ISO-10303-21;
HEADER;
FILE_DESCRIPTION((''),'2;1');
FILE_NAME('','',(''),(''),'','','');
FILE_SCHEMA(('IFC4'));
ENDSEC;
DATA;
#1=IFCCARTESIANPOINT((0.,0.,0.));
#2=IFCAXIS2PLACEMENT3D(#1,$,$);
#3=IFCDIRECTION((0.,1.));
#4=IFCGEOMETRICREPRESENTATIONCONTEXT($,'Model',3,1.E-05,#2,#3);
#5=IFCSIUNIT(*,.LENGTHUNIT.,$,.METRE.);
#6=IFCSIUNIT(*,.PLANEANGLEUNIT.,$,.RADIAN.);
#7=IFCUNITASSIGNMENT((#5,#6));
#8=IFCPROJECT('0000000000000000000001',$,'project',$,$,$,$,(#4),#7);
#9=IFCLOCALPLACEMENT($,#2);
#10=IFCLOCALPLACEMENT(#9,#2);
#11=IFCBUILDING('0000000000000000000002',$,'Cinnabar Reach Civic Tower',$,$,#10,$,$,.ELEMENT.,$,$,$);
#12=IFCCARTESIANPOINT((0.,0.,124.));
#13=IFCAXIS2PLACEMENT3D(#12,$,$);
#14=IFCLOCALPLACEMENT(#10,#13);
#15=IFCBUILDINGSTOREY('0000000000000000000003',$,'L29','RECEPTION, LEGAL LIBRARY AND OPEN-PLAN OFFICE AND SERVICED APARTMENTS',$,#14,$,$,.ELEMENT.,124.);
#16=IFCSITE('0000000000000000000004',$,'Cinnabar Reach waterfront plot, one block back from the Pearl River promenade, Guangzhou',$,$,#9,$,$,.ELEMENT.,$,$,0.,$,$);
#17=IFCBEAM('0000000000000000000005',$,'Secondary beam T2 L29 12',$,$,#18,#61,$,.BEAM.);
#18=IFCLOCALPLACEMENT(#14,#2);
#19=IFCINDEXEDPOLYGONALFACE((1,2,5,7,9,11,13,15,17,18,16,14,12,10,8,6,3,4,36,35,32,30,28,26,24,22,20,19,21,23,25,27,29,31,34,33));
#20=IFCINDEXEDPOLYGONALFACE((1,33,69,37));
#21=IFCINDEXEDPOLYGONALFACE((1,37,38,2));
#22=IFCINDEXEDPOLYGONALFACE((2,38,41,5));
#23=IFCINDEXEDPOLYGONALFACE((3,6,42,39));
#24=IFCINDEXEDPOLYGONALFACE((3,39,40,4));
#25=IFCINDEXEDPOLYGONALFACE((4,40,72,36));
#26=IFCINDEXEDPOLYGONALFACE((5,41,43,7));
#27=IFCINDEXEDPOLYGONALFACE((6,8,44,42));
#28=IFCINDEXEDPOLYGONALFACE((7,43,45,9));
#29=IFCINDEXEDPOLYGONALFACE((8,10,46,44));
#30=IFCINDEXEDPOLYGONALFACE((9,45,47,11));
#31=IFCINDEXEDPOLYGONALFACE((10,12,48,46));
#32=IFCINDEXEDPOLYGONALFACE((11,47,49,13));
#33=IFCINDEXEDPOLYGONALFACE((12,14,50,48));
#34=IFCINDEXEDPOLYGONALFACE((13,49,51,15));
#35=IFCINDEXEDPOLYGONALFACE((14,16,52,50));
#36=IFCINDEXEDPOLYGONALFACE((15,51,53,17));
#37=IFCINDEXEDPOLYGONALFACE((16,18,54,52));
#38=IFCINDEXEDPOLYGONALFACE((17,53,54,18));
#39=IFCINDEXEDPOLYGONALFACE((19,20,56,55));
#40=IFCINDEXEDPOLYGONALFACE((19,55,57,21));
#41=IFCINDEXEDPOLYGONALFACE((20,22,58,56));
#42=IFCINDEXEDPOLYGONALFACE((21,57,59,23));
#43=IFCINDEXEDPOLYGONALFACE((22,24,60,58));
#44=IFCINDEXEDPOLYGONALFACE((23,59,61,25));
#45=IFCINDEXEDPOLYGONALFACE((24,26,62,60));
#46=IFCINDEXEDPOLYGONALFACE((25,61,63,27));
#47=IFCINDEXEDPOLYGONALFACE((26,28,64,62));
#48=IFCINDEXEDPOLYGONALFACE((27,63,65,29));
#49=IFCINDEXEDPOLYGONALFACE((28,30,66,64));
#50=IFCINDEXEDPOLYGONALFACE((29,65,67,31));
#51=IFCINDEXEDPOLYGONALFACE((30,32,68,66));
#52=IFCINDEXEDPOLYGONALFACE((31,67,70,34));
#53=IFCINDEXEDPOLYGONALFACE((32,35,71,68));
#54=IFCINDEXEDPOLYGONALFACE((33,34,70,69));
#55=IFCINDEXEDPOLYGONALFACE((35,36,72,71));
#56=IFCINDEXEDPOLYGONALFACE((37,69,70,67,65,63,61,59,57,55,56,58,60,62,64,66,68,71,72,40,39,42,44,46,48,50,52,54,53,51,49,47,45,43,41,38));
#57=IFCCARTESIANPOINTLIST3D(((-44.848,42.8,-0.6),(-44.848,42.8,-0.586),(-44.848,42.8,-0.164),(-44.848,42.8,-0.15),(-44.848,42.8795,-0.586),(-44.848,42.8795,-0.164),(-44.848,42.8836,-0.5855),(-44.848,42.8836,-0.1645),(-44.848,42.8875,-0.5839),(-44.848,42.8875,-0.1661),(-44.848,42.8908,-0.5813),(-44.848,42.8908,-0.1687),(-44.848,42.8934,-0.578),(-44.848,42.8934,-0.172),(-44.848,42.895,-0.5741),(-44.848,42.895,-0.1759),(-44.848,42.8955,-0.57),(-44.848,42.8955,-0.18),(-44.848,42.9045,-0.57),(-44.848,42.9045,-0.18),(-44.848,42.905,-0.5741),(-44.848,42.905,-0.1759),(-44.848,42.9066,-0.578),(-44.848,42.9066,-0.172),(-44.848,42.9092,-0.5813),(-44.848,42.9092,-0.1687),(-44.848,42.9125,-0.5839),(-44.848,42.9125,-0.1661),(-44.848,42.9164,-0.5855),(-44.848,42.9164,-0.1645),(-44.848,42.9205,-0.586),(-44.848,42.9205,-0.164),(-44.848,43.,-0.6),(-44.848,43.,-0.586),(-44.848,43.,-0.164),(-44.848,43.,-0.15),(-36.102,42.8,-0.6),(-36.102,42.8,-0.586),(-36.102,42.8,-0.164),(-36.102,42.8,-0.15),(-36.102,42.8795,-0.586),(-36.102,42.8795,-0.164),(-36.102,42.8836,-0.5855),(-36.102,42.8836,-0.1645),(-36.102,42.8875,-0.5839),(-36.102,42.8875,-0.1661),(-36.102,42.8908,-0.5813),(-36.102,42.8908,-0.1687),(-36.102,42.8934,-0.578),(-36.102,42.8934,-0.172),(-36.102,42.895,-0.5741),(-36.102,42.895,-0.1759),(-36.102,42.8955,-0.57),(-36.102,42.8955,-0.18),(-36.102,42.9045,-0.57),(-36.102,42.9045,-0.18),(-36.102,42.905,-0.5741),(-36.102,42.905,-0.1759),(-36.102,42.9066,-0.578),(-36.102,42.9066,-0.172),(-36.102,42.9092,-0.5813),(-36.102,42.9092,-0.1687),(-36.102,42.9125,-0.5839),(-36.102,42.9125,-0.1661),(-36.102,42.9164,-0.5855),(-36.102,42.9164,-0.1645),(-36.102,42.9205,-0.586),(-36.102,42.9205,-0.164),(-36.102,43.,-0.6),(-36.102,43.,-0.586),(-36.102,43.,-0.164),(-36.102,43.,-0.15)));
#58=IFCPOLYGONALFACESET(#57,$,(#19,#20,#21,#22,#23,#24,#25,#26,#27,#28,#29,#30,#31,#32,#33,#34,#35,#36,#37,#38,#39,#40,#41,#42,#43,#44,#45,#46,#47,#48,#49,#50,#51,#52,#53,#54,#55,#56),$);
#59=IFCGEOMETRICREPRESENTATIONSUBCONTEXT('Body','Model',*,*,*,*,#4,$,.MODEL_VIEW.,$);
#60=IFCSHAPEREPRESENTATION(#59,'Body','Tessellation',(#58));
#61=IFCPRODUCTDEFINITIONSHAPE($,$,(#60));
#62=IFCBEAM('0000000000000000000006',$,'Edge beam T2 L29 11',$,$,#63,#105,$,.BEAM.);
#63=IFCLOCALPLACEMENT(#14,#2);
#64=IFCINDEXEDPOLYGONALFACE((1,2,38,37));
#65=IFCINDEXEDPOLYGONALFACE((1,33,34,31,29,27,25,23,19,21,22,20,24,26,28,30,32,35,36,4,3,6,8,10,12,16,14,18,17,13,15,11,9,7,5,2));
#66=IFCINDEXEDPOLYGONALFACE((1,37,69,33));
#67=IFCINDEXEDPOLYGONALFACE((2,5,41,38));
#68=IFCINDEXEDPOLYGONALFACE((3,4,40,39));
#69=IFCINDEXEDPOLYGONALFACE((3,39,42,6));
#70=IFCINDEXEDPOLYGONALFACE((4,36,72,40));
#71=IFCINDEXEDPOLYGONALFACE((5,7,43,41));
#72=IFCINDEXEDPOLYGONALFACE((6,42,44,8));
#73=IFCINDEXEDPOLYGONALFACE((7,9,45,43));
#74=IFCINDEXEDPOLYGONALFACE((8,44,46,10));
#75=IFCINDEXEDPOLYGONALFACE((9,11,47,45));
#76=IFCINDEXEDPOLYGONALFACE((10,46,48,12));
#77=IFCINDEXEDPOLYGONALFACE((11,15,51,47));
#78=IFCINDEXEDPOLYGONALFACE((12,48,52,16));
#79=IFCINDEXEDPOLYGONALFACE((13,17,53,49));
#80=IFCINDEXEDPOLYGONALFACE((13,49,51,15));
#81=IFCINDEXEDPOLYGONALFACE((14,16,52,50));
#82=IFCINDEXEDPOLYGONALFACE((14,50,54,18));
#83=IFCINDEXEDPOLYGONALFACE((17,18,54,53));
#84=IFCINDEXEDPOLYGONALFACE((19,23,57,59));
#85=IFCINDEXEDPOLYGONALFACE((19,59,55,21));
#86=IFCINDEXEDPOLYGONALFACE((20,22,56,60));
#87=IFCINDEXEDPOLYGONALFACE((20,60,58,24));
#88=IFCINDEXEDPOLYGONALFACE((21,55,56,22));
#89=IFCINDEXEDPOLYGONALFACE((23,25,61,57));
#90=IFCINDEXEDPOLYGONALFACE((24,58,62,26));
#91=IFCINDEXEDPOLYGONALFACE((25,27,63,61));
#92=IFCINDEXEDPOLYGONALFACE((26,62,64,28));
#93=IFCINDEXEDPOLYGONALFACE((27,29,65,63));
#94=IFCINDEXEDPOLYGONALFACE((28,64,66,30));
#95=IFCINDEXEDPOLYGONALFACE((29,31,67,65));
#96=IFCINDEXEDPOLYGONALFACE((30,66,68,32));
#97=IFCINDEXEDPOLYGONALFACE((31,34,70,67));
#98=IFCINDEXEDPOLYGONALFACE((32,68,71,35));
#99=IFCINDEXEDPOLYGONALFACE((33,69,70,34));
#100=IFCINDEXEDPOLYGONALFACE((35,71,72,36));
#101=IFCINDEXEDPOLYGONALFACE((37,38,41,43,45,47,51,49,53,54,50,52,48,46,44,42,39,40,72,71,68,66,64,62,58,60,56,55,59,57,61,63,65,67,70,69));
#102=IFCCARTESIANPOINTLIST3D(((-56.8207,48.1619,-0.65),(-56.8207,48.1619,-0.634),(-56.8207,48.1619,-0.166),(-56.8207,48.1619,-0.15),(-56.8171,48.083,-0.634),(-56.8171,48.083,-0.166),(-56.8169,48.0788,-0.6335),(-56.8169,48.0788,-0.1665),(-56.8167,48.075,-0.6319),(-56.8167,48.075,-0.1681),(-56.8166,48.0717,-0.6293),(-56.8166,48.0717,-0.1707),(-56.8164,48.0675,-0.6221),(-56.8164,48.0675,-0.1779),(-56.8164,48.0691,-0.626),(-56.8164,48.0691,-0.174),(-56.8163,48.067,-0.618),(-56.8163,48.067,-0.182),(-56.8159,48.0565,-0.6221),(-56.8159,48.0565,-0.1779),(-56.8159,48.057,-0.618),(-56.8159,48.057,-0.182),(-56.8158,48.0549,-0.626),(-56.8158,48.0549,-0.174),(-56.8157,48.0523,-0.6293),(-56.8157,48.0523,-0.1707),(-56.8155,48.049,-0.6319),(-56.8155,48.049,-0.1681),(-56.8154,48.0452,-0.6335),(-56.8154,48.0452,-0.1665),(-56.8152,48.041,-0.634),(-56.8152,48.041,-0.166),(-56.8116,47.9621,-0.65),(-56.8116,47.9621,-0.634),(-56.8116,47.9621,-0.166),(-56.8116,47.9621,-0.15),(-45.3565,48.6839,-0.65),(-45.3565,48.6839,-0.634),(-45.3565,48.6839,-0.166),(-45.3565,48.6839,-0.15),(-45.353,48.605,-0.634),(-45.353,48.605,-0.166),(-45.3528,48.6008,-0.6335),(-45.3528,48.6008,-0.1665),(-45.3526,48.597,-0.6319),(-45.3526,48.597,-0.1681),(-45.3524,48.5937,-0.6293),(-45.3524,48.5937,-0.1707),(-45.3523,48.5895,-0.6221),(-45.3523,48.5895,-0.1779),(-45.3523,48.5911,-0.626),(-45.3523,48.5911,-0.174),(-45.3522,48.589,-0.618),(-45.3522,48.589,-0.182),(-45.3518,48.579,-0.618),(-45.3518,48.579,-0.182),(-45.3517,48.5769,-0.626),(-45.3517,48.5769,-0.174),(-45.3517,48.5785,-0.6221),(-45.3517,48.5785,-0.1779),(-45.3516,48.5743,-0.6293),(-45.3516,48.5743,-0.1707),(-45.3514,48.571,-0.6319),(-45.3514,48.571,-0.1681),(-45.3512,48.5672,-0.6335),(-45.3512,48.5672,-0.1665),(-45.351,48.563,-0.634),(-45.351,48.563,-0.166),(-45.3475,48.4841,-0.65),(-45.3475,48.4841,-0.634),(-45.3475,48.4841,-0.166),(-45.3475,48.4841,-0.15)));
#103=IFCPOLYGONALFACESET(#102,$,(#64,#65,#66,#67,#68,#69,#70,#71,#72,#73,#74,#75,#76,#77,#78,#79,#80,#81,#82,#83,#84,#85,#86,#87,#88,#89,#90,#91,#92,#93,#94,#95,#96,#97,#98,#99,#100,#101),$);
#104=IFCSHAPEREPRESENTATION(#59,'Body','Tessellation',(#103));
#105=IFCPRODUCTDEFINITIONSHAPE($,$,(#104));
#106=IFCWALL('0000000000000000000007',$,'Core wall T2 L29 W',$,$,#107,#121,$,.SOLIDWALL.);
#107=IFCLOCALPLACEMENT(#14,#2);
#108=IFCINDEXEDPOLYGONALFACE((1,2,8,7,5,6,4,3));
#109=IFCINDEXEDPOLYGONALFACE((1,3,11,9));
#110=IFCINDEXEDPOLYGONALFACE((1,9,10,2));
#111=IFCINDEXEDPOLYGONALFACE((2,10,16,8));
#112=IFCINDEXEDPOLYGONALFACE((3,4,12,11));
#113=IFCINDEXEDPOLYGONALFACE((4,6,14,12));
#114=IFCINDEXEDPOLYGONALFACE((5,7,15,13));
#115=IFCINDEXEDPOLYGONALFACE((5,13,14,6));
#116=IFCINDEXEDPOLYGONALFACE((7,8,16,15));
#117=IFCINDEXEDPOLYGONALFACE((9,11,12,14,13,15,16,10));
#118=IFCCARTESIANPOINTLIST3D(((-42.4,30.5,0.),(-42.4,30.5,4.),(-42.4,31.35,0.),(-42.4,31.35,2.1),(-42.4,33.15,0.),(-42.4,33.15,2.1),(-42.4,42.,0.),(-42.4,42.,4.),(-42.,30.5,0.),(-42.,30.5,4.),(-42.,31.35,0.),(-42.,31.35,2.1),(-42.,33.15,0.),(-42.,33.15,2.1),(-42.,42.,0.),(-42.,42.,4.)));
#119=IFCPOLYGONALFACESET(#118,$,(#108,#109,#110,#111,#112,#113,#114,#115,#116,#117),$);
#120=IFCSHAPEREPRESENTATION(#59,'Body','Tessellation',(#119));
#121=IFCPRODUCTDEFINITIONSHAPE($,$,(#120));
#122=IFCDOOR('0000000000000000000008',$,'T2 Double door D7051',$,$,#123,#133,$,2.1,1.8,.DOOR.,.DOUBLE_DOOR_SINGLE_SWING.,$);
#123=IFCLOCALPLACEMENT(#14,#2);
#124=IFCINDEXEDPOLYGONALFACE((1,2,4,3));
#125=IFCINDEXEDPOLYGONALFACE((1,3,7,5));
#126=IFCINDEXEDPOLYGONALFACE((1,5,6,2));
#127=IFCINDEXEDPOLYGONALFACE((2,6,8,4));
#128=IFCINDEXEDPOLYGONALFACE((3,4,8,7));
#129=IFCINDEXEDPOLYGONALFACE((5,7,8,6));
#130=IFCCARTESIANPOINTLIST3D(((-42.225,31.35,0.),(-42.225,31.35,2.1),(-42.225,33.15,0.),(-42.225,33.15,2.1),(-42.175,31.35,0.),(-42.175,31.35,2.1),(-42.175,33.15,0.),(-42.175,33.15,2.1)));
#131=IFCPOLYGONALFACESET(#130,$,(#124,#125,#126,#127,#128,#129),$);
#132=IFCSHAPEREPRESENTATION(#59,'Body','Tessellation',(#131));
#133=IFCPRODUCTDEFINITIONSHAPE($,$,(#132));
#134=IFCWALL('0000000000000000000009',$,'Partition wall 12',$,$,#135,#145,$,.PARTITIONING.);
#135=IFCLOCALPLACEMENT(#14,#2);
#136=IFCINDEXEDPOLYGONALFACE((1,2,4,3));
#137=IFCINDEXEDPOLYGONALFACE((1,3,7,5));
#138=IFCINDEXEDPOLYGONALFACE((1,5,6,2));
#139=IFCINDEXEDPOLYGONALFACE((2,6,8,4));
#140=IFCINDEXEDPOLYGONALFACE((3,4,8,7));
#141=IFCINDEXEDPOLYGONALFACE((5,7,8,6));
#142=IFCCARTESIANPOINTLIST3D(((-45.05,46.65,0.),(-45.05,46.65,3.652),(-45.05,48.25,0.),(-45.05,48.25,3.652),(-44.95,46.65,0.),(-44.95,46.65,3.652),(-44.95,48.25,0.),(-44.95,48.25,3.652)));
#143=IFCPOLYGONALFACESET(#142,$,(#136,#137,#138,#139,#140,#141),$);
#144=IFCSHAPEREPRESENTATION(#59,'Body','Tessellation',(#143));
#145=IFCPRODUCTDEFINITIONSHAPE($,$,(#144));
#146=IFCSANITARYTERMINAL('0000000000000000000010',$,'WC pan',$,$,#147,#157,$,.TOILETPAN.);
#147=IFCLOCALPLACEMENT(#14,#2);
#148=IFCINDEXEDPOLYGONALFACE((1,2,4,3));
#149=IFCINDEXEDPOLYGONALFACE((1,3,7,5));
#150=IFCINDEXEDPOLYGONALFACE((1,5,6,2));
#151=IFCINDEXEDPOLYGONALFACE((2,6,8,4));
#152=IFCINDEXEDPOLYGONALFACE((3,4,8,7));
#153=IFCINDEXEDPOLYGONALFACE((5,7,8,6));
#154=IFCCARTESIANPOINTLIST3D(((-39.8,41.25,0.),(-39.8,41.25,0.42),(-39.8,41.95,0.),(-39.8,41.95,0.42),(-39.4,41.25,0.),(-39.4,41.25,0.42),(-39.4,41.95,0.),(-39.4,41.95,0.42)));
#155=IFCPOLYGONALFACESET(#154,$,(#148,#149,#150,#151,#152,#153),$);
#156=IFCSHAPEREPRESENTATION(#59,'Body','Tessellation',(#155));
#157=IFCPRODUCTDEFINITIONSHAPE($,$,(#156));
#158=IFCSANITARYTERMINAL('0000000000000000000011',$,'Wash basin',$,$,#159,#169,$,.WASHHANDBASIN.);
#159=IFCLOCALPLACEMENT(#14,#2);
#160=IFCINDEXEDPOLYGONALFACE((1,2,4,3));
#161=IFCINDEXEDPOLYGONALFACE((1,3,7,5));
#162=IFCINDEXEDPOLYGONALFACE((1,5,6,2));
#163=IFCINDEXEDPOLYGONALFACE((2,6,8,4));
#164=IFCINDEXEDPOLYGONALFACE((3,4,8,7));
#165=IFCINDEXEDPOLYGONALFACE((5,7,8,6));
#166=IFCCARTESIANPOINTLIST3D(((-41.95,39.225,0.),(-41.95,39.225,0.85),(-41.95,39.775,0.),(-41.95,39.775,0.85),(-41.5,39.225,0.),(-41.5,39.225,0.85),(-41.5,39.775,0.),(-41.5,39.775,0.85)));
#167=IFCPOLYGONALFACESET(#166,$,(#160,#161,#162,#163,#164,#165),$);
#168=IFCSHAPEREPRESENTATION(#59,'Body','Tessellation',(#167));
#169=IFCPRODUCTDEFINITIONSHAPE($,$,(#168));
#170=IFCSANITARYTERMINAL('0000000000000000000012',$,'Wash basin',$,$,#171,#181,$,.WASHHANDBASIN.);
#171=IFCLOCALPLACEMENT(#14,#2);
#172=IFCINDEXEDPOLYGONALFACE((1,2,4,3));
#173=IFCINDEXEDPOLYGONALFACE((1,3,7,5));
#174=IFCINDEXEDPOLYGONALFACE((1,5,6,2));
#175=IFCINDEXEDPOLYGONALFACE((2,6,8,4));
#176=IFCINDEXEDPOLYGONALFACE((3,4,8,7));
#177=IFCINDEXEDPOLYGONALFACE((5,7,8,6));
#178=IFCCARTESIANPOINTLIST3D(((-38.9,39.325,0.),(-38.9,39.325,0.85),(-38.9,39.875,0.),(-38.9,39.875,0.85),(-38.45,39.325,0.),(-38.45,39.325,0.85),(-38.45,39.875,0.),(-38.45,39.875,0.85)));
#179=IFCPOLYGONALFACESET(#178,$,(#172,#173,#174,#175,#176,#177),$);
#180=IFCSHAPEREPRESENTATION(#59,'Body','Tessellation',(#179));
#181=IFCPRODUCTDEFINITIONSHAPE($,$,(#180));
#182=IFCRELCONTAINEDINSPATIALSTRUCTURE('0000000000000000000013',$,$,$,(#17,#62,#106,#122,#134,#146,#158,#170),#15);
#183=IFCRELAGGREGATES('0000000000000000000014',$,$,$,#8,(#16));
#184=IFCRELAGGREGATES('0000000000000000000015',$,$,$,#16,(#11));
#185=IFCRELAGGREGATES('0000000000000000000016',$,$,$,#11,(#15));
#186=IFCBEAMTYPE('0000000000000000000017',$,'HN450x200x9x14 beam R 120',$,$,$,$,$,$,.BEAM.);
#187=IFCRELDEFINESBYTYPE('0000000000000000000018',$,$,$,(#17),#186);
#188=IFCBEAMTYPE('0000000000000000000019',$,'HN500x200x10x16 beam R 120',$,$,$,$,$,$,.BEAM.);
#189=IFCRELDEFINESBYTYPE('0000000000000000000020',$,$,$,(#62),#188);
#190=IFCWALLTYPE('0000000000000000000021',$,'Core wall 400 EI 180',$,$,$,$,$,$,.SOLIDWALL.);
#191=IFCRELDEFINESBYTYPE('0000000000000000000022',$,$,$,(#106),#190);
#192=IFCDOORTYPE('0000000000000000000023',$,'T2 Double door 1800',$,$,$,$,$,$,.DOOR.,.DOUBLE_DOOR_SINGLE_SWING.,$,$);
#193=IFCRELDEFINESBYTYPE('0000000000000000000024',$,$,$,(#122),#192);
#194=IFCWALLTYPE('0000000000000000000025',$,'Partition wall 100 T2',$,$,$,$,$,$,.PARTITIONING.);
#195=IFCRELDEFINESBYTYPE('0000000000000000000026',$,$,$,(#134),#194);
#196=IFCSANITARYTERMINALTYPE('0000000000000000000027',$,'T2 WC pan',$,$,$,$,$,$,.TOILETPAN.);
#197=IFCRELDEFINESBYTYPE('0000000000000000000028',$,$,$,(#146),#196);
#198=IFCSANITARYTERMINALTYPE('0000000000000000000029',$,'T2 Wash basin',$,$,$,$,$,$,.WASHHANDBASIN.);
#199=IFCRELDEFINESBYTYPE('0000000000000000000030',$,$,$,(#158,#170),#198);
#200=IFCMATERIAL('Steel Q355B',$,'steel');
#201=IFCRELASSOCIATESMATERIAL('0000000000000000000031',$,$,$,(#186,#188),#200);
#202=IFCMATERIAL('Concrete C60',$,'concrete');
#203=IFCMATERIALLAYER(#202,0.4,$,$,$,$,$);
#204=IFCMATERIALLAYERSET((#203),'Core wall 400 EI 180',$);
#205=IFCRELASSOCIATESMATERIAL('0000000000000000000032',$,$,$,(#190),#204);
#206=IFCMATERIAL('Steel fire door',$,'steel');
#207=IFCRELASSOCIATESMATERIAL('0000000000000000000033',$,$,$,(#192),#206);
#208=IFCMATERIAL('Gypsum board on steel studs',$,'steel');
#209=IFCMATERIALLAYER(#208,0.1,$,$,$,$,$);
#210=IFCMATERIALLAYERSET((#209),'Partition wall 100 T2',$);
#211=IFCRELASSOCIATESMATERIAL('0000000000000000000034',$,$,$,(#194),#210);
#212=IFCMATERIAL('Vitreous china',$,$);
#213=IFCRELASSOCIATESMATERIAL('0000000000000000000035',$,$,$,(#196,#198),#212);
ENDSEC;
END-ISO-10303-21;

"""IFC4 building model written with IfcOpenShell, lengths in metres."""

from ifc_helpers import new_model, si_unit, direction, frame, frame_2d, origin, origin_2d, place, context, subcontext, project, spatial, rectangle, i_section, extrude, material, layer, layer_set, material_profile, profile_set, type_object, element, fill, save


model = new_model("IFC4")

# Units and contexts
model_context = context("Model", 3, precision=1e-05, world=origin(), true_north=direction((0.0, 1.0)))
body_context = subcontext(model_context, "Body", "Model", "MODEL_VIEW")
ifc_project = project(units=[si_unit("LENGTHUNIT", "METRE"), si_unit("PLANEANGLEUNIT", "RADIAN")], contexts=[model_context])

# Site, building, storey
site_placement = place(None, origin())
site = spatial("IfcSite", under=ifc_project, at=site_placement, Name="Cinnabar Reach waterfront plot, one block back from the Pearl River promenade, Guangzhou", CompositionType="ELEMENT", RefElevation=0.0)
building_placement = place(site_placement, origin())
building = spatial("IfcBuilding", under=site, at=building_placement, Name="Cinnabar Reach Civic Tower", CompositionType="ELEMENT")
storey_placement = place(building_placement, frame((0.0, 0.0, 124.0)))
storey = spatial("IfcBuildingStorey", under=building, at=storey_placement, Name="L29", Description="RECEPTION, LEGAL LIBRARY AND OPEN-PLAN OFFICE AND SERVICED APARTMENTS", CompositionType="ELEMENT", Elevation=124.0)

# Shared definitions
ifc_material_1 = material(Name="Concrete C60", Category="concrete")

# Beams
ifc_material_2 = material(Name="Steel Q355B", Category="steel")
ifc_material_profile_1 = material_profile(ifc_material_2, i_section(OverallWidth=0.2, OverallDepth=0.45, WebThickness=0.009, FlangeThickness=0.014, FilletRadius=0.016, at=origin_2d()), Name="HN450x200x9x14")
ifc_profile_set_1 = profile_set([ifc_material_profile_1], Name="Steel Q355B")
beam_type_1 = type_object("IfcBeamType", Name="HN450x200x9x14 beam R 120", PredefinedType="BEAM", material=ifc_profile_set_1)
beam_1_placement = place(storey_placement, frame((-44.848, 42.9, -0.375), z_axis=(1.0, 0.0, 0.0), x_axis=(0.0, 1.0, 0.0)))
element("IfcBeam", 1, at=beam_1_placement, inside=storey, type_object=beam_type_1, Name="Secondary beam T2 L29 12", PredefinedType="BEAM", context=body_context, shape_type="SweptSolid", body=[
    extrude(i_section(OverallWidth=0.2, OverallDepth=0.45, WebThickness=0.009, FlangeThickness=0.014, FilletRadius=0.016, at=origin_2d()), origin(), (0.0, 0.0, 1.0), 8.746),
])
ifc_material_profile_2 = material_profile(ifc_material_2, i_section(OverallWidth=0.2, OverallDepth=0.5, WebThickness=0.01, FlangeThickness=0.016, FilletRadius=0.016, at=origin_2d()), Name="HN500x200x10x16")
ifc_profile_set_2 = profile_set([ifc_material_profile_2], Name="Steel Q355B")
beam_type_2 = type_object("IfcBeamType", Name="HN500x200x10x16 beam R 120", PredefinedType="BEAM", material=ifc_profile_set_2)
beam_2_placement = place(storey_placement, frame((-45.352, 48.584, -0.4), z_axis=(-0.998965, -0.045486, 0.0), x_axis=(0.045486, -0.998965, 0.0)))
element("IfcBeam", 2, at=beam_2_placement, inside=storey, type_object=beam_type_2, Name="Edge beam T2 L29 11", PredefinedType="BEAM", context=body_context, shape_type="SweptSolid", body=[
    extrude(i_section(OverallWidth=0.2, OverallDepth=0.5, WebThickness=0.01, FlangeThickness=0.016, FilletRadius=0.016, at=origin_2d()), origin(), (0.0, 0.0, 1.0), 11.476),
])

# Wall, opening, door
ifc_layer_1 = layer(ifc_material_1, 0.4)
ifc_layer_set_1 = layer_set([ifc_layer_1], Name="Core wall 400 EI 180")
wall_type_1 = type_object("IfcWallType", Name="Core wall 400 EI 180", PredefinedType="SOLIDWALL", material=ifc_layer_set_1)
wall_1_placement = place(storey_placement, frame((-42.2, 42.0, 0.0), z_axis=(0.0, 0.0, 1.0), x_axis=(0.0, -1.0, 0.0)))
wall_1 = element("IfcWall", 3, at=wall_1_placement, inside=storey, type_object=wall_type_1, Name="Core wall T2 L29 W", PredefinedType="SOLIDWALL", context=body_context, shape_type="SweptSolid", body=[
    extrude(rectangle(XDim=11.5, YDim=0.4, at=frame_2d((5.75, 0.0))), origin(), (0.0, 0.0, 1.0), 4.0),
])
opening_placement = place(wall_1_placement, frame((8.85, 0.0, 0.0)))
opening = element("IfcOpeningElement", 4, at=opening_placement, cuts=wall_1, PredefinedType="OPENING", context=body_context, shape_type="SweptSolid", body=[
    extrude(rectangle(XDim=1.8, YDim=2.1, at=frame_2d((0.9, 1.05))), frame((0.0, 0.21, 0.0), z_axis=(0.0, -1.0, 0.0), x_axis=(1.0, 0.0, 0.0)), (0.0, 0.0, 1.0), 0.42),
])
ifc_material_3 = material(Name="Steel fire door", Category="steel")
door_type = type_object("IfcDoorType", Name="T2 Double door 1800", OperationType="DOUBLE_DOOR_SINGLE_SWING", PredefinedType="DOOR", material=ifc_material_3)
door_placement = place(opening_placement, frame((1.8, 0.0, 0.0), z_axis=(0.0, 0.0, 1.0), x_axis=(-1.0, 0.0, 0.0)))
door = element("IfcDoor", 5, at=door_placement, inside=storey, type_object=door_type, Name="T2 Double door D7051", OperationType="DOUBLE_DOOR_SINGLE_SWING", OverallHeight=2.1, OverallWidth=1.8, PredefinedType="DOOR", context=body_context, shape_type="SweptSolid", body=[
    extrude(rectangle(XDim=1.8, YDim=2.1, at=frame_2d((0.9, 1.05))), frame((0.0, 0.025, 0.0), z_axis=(0.0, -1.0, 0.0), x_axis=(1.0, 0.0, 0.0)), (0.0, 0.0, 1.0), 0.05),
])
fill(opening, door)

# Wall
ifc_material_4 = material(Name="Gypsum board on steel studs", Category="steel")
ifc_layer_2 = layer(ifc_material_4, 0.1)
ifc_layer_set_2 = layer_set([ifc_layer_2], Name="Partition wall 100 T2")
wall_type_2 = type_object("IfcWallType", Name="Partition wall 100 T2", PredefinedType="PARTITIONING", material=ifc_layer_set_2)
wall_2_placement = place(storey_placement, frame((-45.0, 46.65, 0.0), z_axis=(0.0, 0.0, 1.0), x_axis=(0.0, 1.0, 0.0)))
element("IfcWall", 6, at=wall_2_placement, inside=storey, type_object=wall_type_2, Name="Partition wall 12", PredefinedType="PARTITIONING", context=body_context, shape_type="SweptSolid", body=[
    extrude(rectangle(XDim=1.6, YDim=0.1, at=frame_2d((0.8, 0.0))), origin(), (0.0, 0.0, 1.0), 3.652),
])

# Sanitary terminals
ifc_material_5 = material(Name="Vitreous china")
sanitary_terminal_type_1 = type_object("IfcSanitaryTerminalType", Name="T2 WC pan", PredefinedType="TOILETPAN", material=ifc_material_5)
sanitary_terminal_placement = place(storey_placement, frame((-39.6, 41.6, 0.0), z_axis=(0.0, 0.0, 1.0), x_axis=(1.0, 0.0, 0.0)))
element("IfcSanitaryTerminal", 7, at=sanitary_terminal_placement, inside=storey, type_object=sanitary_terminal_type_1, Name="WC pan", PredefinedType="TOILETPAN", context=body_context, shape_type="SweptSolid", body=[
    extrude(rectangle(XDim=0.4, YDim=0.7, at=origin_2d()), origin(), (0.0, 0.0, 1.0), 0.42),
])
sanitary_terminal_type_2 = type_object("IfcSanitaryTerminalType", Name="T2 Wash basin", PredefinedType="WASHHANDBASIN", material=ifc_material_5)
for number, where, z_axis, x_axis, name in (
    (8, (-41.725, 39.5, 0.0), (0.0, 0.0, 1.0), (1.0, 0.0, 0.0), "Wash basin"),
    (9, (-38.675, 39.6, 0.0), (0.0, 0.0, 1.0), (1.0, 0.0, 0.0), "Wash basin"),
):
    element("IfcSanitaryTerminal", number, at=place(storey_placement, frame(where, z_axis=z_axis, x_axis=x_axis)), inside=storey, type_object=sanitary_terminal_type_2, Name=name, PredefinedType="WASHHANDBASIN", context=body_context, shape_type="SweptSolid", body=[
        extrude(rectangle(XDim=0.45, YDim=0.55, at=origin_2d()), origin(), (0.0, 0.0, 1.0), 0.85),
    ])

save(model, "model.ifc")
